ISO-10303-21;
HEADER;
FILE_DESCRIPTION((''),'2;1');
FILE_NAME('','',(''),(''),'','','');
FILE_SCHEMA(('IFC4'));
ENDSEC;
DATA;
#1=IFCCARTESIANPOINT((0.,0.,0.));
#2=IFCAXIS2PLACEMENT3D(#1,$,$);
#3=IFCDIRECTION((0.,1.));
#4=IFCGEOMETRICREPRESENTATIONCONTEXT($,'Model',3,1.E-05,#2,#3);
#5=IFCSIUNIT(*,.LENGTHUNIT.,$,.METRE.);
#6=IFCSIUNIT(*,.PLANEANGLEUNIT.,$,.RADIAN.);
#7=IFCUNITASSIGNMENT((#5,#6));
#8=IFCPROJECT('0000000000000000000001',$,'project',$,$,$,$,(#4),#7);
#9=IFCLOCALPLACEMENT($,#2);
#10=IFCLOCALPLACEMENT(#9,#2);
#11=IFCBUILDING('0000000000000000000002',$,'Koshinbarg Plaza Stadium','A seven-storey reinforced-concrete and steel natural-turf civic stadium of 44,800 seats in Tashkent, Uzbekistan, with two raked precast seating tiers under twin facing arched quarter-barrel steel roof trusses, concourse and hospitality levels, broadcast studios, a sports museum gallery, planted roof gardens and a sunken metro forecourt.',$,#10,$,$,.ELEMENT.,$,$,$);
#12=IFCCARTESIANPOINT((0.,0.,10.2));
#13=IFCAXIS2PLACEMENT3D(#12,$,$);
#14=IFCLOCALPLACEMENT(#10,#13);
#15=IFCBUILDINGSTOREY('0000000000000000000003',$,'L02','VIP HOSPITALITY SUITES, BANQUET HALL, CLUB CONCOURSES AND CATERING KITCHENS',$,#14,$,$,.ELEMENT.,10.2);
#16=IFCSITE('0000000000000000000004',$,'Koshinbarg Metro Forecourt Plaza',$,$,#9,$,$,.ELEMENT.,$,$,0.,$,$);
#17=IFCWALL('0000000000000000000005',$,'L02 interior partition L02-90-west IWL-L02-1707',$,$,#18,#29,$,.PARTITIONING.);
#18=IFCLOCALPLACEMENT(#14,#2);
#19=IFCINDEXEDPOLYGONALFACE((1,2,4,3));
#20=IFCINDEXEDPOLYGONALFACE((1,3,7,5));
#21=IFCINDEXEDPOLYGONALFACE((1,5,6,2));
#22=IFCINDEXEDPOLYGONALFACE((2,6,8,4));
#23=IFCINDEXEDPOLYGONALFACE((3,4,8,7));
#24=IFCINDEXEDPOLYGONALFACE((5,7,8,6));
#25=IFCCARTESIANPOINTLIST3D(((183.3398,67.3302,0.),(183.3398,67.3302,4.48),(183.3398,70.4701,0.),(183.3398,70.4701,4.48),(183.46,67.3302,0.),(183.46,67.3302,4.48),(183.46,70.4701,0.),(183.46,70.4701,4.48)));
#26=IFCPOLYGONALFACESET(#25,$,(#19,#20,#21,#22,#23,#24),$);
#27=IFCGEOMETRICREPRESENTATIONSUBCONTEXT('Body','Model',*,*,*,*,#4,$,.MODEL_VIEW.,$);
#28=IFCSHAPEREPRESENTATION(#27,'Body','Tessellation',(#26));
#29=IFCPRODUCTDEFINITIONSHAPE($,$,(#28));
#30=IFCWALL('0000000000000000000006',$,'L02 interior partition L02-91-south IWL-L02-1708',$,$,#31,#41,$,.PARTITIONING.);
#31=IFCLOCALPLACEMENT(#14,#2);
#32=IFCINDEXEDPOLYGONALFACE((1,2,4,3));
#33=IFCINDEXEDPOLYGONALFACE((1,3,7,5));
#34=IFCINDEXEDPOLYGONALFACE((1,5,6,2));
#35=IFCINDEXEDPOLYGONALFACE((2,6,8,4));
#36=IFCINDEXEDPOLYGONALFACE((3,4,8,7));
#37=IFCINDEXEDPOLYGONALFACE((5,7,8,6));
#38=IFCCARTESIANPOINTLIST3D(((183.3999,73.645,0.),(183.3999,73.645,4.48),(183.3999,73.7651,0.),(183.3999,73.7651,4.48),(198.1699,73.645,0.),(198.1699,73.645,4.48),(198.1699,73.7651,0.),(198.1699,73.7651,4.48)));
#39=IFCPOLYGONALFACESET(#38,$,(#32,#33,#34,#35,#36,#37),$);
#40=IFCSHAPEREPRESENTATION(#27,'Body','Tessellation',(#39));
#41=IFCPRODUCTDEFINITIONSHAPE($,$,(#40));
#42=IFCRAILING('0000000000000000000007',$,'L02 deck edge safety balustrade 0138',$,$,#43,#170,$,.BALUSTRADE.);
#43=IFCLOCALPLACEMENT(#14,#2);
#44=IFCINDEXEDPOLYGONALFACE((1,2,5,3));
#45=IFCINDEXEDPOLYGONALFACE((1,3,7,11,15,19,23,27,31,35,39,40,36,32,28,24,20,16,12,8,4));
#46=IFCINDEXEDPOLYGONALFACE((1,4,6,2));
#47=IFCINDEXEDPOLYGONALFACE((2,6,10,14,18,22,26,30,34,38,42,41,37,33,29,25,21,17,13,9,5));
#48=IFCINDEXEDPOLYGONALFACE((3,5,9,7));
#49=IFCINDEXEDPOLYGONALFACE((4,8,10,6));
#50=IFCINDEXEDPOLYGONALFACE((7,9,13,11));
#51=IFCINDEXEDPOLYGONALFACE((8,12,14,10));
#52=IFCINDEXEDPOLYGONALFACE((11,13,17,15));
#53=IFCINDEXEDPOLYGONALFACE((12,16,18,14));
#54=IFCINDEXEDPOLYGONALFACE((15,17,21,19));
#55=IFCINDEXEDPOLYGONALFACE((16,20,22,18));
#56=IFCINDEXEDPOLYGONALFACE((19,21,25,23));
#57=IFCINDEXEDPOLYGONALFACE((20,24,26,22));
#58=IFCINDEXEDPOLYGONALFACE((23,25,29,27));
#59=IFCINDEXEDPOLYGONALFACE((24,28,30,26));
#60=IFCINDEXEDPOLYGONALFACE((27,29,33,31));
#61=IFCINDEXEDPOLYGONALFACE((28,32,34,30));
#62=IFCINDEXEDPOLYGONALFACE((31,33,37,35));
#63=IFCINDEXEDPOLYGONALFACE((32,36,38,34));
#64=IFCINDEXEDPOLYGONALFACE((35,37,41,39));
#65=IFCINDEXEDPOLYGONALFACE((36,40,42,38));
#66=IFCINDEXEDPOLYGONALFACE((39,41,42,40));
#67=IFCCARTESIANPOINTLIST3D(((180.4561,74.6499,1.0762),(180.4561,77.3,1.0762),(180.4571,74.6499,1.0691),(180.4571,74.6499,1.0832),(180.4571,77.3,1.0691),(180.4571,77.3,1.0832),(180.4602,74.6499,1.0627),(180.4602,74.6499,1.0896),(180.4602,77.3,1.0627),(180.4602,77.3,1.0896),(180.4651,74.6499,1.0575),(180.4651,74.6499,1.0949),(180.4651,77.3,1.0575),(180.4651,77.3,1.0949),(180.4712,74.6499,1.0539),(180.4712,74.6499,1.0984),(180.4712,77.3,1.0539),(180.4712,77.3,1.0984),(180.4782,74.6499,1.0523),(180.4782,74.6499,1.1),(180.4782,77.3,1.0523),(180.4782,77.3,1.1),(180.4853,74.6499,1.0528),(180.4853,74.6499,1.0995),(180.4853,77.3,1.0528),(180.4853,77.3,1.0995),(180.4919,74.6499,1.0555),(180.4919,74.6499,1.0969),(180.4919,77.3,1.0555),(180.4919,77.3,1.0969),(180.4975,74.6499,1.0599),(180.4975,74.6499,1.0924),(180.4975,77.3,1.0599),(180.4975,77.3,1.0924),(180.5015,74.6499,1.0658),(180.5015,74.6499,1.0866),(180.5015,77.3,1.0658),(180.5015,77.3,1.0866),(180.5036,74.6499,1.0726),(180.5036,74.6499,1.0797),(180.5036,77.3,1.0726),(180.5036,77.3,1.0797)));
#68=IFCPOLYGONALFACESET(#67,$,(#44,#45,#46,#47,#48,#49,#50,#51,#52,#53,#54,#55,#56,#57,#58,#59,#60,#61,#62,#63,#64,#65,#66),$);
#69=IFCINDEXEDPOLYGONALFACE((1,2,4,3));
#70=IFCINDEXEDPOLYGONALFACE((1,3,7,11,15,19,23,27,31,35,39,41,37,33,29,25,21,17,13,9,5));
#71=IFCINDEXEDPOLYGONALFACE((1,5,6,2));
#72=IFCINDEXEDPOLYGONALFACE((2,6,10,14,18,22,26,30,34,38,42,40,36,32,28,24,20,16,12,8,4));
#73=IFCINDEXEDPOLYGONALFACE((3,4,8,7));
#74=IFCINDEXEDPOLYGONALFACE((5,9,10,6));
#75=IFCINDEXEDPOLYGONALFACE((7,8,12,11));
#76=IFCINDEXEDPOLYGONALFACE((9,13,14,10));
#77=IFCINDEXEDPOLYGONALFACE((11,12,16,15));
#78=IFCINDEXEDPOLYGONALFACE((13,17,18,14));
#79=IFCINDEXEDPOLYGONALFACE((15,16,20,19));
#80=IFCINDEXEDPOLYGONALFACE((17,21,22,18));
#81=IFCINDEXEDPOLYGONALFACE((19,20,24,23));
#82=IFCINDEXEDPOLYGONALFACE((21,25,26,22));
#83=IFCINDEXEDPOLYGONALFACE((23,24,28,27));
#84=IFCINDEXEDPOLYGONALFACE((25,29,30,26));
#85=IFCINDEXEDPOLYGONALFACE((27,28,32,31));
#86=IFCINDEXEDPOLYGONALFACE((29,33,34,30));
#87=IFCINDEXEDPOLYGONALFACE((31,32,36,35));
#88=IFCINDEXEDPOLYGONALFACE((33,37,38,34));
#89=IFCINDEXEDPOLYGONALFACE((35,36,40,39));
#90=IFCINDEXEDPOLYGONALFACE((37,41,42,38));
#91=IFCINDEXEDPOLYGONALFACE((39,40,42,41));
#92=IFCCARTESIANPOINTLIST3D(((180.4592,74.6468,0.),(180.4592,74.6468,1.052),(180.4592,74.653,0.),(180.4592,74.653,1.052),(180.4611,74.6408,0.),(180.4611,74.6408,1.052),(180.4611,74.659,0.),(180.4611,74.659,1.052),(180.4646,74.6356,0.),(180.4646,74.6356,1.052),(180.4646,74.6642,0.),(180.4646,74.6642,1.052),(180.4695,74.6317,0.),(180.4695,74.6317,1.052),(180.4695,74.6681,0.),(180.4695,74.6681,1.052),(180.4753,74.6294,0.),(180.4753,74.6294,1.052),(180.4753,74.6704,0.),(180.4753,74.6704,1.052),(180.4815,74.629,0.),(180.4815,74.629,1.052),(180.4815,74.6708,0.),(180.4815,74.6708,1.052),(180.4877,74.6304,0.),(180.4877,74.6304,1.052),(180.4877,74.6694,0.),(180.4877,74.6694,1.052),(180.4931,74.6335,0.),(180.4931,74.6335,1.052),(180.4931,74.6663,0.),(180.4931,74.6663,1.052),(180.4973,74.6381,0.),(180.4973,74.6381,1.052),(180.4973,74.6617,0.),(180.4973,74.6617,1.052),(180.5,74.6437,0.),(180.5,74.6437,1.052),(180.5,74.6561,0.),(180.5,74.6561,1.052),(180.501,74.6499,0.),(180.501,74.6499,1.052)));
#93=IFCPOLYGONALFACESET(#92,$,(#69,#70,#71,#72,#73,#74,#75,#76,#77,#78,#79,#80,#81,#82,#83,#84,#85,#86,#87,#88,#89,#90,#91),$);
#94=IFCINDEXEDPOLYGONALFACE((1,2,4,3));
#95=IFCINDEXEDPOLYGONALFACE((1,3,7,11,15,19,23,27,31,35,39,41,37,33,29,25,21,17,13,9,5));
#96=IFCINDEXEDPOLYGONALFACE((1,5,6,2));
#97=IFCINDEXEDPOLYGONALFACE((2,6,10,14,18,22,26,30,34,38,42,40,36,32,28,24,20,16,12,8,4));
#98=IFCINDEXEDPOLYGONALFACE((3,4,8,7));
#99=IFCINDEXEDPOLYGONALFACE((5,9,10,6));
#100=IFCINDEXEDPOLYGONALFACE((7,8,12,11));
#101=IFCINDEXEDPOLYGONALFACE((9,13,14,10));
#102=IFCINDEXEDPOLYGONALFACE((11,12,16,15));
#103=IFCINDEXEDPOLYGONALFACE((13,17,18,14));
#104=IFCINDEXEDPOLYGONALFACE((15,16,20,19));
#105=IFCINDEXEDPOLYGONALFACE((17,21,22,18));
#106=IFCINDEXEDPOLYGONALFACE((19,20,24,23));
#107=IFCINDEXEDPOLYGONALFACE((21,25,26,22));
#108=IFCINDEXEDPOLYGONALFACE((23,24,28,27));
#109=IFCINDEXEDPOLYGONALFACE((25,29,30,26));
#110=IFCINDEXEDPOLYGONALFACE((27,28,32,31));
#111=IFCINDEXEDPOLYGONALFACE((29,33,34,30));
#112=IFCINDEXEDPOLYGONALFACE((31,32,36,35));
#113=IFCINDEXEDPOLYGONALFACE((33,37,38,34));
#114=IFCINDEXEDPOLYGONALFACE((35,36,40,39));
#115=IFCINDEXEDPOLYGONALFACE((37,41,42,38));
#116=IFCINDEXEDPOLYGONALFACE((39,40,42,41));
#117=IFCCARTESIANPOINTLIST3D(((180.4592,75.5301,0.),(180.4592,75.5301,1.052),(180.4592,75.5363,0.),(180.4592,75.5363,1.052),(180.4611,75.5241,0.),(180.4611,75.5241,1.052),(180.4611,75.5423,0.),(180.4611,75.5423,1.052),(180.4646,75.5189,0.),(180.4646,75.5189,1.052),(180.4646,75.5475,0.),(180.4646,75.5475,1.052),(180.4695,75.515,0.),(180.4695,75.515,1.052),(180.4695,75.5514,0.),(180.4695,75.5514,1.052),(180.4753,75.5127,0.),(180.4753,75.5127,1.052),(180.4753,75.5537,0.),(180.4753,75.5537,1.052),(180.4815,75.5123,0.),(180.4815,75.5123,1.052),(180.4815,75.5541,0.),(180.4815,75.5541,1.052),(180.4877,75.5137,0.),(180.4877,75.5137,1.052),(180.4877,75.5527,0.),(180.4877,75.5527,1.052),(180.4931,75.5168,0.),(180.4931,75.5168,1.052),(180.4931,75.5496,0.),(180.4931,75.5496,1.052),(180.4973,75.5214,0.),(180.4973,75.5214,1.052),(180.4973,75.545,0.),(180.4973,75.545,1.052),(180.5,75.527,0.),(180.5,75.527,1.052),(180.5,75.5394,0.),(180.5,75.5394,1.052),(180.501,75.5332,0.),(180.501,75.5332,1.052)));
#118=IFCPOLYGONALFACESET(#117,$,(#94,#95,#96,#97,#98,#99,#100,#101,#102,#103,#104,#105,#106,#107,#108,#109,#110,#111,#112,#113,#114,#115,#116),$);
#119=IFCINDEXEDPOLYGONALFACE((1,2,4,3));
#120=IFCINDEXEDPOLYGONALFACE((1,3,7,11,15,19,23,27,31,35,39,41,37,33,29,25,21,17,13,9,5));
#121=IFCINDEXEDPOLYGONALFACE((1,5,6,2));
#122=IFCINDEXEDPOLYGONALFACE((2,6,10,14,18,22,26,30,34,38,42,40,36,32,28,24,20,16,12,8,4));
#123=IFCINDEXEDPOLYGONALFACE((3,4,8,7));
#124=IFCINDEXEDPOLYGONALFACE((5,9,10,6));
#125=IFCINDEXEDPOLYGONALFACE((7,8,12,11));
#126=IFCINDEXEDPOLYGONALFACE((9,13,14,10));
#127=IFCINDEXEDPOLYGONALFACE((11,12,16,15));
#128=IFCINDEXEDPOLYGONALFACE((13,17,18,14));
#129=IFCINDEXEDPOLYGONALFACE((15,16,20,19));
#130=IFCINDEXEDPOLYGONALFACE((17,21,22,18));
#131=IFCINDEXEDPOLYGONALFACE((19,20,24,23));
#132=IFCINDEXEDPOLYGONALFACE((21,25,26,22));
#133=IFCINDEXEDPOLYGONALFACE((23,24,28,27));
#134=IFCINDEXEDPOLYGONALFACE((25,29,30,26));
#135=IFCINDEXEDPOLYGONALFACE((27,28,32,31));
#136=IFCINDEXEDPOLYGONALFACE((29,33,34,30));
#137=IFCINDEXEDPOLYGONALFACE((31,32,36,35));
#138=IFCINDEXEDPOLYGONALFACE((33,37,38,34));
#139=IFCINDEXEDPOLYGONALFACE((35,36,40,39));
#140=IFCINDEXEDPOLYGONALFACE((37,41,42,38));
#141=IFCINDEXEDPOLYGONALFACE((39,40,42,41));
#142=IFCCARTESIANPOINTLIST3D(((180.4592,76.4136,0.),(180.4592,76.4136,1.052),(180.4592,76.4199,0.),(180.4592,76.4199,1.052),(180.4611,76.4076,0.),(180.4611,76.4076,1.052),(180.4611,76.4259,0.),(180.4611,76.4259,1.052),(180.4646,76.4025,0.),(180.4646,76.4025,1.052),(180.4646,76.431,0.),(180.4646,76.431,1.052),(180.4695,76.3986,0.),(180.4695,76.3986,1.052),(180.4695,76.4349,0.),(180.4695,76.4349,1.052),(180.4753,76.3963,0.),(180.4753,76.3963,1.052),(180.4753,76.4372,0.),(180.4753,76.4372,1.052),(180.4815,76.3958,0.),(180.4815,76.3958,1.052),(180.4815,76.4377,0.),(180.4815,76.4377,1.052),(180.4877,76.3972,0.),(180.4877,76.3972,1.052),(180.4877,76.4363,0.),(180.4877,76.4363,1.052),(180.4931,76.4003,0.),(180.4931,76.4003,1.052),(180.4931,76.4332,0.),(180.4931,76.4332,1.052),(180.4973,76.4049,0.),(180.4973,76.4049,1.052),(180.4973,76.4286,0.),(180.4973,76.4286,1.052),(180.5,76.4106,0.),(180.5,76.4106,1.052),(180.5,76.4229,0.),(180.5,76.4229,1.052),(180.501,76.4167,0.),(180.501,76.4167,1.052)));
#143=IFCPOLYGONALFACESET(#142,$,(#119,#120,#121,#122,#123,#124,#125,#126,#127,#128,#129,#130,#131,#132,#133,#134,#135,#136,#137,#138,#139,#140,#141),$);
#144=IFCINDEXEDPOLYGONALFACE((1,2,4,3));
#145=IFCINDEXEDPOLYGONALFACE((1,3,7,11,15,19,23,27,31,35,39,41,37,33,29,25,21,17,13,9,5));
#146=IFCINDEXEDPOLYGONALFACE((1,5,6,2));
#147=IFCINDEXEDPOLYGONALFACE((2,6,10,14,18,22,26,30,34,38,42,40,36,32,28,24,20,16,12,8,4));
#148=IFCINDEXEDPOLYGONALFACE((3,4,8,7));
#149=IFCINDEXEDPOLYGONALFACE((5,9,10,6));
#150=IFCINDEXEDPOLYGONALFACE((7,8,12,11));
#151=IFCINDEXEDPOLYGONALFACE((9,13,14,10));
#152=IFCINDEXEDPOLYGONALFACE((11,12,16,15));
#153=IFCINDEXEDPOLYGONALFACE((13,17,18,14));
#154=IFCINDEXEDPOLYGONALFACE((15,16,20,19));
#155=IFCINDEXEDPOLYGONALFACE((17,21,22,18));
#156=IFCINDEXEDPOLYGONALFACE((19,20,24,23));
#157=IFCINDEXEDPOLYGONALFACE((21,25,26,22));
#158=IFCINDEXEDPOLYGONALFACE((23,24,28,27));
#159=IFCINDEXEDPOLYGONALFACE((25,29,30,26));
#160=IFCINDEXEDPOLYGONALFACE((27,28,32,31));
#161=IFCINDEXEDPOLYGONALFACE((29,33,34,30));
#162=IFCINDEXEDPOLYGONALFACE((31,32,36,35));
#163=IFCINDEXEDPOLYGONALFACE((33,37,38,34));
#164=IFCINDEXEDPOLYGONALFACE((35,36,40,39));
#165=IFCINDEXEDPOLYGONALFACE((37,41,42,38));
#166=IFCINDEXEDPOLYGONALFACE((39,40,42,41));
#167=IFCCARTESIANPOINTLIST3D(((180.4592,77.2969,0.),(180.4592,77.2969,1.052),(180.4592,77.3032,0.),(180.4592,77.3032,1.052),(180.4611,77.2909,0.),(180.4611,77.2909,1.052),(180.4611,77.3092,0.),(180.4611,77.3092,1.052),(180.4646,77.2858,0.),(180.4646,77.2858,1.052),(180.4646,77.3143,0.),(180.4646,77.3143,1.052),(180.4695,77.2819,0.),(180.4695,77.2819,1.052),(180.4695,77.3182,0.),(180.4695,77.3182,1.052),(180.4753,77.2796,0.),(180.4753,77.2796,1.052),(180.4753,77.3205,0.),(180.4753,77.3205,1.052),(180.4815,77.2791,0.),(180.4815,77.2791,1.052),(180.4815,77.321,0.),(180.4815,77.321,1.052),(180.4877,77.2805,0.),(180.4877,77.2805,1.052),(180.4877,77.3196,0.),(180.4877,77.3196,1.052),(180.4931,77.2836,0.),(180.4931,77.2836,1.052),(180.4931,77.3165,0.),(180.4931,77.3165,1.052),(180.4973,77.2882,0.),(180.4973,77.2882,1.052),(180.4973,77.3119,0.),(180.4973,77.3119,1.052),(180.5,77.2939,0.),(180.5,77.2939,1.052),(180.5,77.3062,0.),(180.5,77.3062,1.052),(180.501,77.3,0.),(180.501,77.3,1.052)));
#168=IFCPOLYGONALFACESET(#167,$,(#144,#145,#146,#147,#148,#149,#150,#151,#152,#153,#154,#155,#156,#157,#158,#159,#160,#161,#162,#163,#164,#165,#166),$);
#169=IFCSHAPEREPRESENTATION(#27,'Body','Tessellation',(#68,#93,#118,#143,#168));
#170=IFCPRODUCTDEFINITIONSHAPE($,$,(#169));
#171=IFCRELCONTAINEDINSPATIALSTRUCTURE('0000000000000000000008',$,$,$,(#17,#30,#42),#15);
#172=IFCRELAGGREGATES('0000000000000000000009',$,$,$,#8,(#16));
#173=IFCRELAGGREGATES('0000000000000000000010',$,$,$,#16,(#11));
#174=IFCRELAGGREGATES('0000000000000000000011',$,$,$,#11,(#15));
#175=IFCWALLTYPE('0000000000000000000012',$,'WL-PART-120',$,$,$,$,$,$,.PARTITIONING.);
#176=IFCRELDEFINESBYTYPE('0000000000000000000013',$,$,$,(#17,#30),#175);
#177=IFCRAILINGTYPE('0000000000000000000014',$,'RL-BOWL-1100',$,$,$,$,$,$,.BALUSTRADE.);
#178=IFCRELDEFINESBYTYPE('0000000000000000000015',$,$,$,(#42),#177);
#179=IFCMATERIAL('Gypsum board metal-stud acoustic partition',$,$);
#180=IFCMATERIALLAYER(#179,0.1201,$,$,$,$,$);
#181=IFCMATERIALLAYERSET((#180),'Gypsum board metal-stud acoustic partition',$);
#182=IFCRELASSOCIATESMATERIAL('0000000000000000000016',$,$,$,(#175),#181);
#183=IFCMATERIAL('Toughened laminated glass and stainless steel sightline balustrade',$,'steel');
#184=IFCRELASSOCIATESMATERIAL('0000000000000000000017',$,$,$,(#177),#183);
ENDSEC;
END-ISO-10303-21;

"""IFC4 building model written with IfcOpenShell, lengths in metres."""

from ifc_helpers import new_model, si_unit, direction, frame, frame_2d, origin, origin_2d, place, context, subcontext, project, spatial, rectangle, circle, extrude, material, layer, layer_set, type_object, element, save


model = new_model("IFC4")

# Units and contexts
model_context = context("Model", 3, precision=1e-05, world=origin(), true_north=direction((0.0, 1.0)))
body_context = subcontext(model_context, "Body", "Model", "MODEL_VIEW")
ifc_project = project(units=[si_unit("LENGTHUNIT", "METRE"), si_unit("PLANEANGLEUNIT", "RADIAN")], contexts=[model_context])

# Site, building, storey
site_placement = place(None, origin())
site = spatial("IfcSite", under=ifc_project, at=site_placement, Name="Koshinbarg Metro Forecourt Plaza", CompositionType="ELEMENT", RefElevation=0.0)
building_placement = place(site_placement, origin())
building = spatial("IfcBuilding", under=site, at=building_placement, Name="Koshinbarg Plaza Stadium", Description="A seven-storey reinforced-concrete and steel natural-turf civic stadium of 44,800 seats in Tashkent, Uzbekistan, with two raked precast seating tiers under twin facing arched quarter-barrel steel roof trusses, concourse and hospitality levels, broadcast studios, a sports museum gallery, planted roof gardens and a sunken metro forecourt.", CompositionType="ELEMENT")
storey_placement = place(building_placement, frame((0.0, 0.0, 10.2)))
storey = spatial("IfcBuildingStorey", under=building, at=storey_placement, Name="L02", Description="VIP HOSPITALITY SUITES, BANQUET HALL, CLUB CONCOURSES AND CATERING KITCHENS", CompositionType="ELEMENT", Elevation=10.2)

# Walls
ifc_material_1 = material(Name="Gypsum board metal-stud acoustic partition")
ifc_layer_1 = layer(ifc_material_1, 0.1201)
ifc_layer_set_1 = layer_set([ifc_layer_1], Name="Gypsum board metal-stud acoustic partition")
wall_type = type_object("IfcWallType", Name="WL-PART-120", PredefinedType="PARTITIONING", material=ifc_layer_set_1)
wall_1_placement = place(storey_placement, frame((183.3999, 70.47, 0.0), z_axis=(0.0, 0.0, 1.0), x_axis=(0.0, -1.0, 0.0)))
element("IfcWall", 1, at=wall_1_placement, inside=storey, type_object=wall_type, Name="L02 interior partition L02-90-west IWL-L02-1707", PredefinedType="PARTITIONING", context=body_context, shape_type="SweptSolid", body=[
    extrude(rectangle(XDim=3.1399, YDim=0.1201, at=frame_2d((1.5698, 0.0))), origin(), (0.0, 0.0, 1.0), 4.48),
])
wall_2_placement = place(storey_placement, frame((183.3999, 73.7051, 0.0), z_axis=(0.0, 0.0, 1.0), x_axis=(1.0, 0.0, 0.0)))
element("IfcWall", 2, at=wall_2_placement, inside=storey, type_object=wall_type, Name="L02 interior partition L02-91-south IWL-L02-1708", PredefinedType="PARTITIONING", context=body_context, shape_type="SweptSolid", body=[
    extrude(rectangle(XDim=14.77, YDim=0.1201, at=frame_2d((7.385, 0.0))), origin(), (0.0, 0.0, 1.0), 4.48),
])

# Railing
ifc_material_2 = material(Name="Toughened laminated glass and stainless steel sightline balustrade", Category="steel")
railing_type = type_object("IfcRailingType", Name="RL-BOWL-1100", PredefinedType="BALUSTRADE", material=ifc_material_2)
railing_placement = place(storey_placement, frame((180.48, 74.6499, 0.0)))
element("IfcRailing", 3, at=railing_placement, inside=storey, type_object=railing_type, Name="L02 deck edge safety balustrade 0138", PredefinedType="BALUSTRADE", context=body_context, shape_type="SweptSolid", body=[
    extrude(circle(Radius=0.0239, at=origin_2d()), frame((0.0, 0.0, 1.0762), z_axis=(0.0, 1.0, 0.0), x_axis=(-1.0, 0.0, 0.0)), (0.0, 0.0, 1.0), 2.6501),
    extrude(circle(Radius=0.021, at=origin_2d()), origin(), (0.0, 0.0, 1.0), 1.052),
    extrude(circle(Radius=0.021, at=origin_2d()), frame((0.0, 0.8833, 0.0)), (0.0, 0.0, 1.0), 1.052),
    extrude(circle(Radius=0.021, at=origin_2d()), frame((0.0, 1.7668, 0.0)), (0.0, 0.0, 1.0), 1.052),
    extrude(circle(Radius=0.021, at=origin_2d()), frame((0.0, 2.6501, 0.0)), (0.0, 0.0, 1.0), 1.052),
])

save(model, "model.ifc")
